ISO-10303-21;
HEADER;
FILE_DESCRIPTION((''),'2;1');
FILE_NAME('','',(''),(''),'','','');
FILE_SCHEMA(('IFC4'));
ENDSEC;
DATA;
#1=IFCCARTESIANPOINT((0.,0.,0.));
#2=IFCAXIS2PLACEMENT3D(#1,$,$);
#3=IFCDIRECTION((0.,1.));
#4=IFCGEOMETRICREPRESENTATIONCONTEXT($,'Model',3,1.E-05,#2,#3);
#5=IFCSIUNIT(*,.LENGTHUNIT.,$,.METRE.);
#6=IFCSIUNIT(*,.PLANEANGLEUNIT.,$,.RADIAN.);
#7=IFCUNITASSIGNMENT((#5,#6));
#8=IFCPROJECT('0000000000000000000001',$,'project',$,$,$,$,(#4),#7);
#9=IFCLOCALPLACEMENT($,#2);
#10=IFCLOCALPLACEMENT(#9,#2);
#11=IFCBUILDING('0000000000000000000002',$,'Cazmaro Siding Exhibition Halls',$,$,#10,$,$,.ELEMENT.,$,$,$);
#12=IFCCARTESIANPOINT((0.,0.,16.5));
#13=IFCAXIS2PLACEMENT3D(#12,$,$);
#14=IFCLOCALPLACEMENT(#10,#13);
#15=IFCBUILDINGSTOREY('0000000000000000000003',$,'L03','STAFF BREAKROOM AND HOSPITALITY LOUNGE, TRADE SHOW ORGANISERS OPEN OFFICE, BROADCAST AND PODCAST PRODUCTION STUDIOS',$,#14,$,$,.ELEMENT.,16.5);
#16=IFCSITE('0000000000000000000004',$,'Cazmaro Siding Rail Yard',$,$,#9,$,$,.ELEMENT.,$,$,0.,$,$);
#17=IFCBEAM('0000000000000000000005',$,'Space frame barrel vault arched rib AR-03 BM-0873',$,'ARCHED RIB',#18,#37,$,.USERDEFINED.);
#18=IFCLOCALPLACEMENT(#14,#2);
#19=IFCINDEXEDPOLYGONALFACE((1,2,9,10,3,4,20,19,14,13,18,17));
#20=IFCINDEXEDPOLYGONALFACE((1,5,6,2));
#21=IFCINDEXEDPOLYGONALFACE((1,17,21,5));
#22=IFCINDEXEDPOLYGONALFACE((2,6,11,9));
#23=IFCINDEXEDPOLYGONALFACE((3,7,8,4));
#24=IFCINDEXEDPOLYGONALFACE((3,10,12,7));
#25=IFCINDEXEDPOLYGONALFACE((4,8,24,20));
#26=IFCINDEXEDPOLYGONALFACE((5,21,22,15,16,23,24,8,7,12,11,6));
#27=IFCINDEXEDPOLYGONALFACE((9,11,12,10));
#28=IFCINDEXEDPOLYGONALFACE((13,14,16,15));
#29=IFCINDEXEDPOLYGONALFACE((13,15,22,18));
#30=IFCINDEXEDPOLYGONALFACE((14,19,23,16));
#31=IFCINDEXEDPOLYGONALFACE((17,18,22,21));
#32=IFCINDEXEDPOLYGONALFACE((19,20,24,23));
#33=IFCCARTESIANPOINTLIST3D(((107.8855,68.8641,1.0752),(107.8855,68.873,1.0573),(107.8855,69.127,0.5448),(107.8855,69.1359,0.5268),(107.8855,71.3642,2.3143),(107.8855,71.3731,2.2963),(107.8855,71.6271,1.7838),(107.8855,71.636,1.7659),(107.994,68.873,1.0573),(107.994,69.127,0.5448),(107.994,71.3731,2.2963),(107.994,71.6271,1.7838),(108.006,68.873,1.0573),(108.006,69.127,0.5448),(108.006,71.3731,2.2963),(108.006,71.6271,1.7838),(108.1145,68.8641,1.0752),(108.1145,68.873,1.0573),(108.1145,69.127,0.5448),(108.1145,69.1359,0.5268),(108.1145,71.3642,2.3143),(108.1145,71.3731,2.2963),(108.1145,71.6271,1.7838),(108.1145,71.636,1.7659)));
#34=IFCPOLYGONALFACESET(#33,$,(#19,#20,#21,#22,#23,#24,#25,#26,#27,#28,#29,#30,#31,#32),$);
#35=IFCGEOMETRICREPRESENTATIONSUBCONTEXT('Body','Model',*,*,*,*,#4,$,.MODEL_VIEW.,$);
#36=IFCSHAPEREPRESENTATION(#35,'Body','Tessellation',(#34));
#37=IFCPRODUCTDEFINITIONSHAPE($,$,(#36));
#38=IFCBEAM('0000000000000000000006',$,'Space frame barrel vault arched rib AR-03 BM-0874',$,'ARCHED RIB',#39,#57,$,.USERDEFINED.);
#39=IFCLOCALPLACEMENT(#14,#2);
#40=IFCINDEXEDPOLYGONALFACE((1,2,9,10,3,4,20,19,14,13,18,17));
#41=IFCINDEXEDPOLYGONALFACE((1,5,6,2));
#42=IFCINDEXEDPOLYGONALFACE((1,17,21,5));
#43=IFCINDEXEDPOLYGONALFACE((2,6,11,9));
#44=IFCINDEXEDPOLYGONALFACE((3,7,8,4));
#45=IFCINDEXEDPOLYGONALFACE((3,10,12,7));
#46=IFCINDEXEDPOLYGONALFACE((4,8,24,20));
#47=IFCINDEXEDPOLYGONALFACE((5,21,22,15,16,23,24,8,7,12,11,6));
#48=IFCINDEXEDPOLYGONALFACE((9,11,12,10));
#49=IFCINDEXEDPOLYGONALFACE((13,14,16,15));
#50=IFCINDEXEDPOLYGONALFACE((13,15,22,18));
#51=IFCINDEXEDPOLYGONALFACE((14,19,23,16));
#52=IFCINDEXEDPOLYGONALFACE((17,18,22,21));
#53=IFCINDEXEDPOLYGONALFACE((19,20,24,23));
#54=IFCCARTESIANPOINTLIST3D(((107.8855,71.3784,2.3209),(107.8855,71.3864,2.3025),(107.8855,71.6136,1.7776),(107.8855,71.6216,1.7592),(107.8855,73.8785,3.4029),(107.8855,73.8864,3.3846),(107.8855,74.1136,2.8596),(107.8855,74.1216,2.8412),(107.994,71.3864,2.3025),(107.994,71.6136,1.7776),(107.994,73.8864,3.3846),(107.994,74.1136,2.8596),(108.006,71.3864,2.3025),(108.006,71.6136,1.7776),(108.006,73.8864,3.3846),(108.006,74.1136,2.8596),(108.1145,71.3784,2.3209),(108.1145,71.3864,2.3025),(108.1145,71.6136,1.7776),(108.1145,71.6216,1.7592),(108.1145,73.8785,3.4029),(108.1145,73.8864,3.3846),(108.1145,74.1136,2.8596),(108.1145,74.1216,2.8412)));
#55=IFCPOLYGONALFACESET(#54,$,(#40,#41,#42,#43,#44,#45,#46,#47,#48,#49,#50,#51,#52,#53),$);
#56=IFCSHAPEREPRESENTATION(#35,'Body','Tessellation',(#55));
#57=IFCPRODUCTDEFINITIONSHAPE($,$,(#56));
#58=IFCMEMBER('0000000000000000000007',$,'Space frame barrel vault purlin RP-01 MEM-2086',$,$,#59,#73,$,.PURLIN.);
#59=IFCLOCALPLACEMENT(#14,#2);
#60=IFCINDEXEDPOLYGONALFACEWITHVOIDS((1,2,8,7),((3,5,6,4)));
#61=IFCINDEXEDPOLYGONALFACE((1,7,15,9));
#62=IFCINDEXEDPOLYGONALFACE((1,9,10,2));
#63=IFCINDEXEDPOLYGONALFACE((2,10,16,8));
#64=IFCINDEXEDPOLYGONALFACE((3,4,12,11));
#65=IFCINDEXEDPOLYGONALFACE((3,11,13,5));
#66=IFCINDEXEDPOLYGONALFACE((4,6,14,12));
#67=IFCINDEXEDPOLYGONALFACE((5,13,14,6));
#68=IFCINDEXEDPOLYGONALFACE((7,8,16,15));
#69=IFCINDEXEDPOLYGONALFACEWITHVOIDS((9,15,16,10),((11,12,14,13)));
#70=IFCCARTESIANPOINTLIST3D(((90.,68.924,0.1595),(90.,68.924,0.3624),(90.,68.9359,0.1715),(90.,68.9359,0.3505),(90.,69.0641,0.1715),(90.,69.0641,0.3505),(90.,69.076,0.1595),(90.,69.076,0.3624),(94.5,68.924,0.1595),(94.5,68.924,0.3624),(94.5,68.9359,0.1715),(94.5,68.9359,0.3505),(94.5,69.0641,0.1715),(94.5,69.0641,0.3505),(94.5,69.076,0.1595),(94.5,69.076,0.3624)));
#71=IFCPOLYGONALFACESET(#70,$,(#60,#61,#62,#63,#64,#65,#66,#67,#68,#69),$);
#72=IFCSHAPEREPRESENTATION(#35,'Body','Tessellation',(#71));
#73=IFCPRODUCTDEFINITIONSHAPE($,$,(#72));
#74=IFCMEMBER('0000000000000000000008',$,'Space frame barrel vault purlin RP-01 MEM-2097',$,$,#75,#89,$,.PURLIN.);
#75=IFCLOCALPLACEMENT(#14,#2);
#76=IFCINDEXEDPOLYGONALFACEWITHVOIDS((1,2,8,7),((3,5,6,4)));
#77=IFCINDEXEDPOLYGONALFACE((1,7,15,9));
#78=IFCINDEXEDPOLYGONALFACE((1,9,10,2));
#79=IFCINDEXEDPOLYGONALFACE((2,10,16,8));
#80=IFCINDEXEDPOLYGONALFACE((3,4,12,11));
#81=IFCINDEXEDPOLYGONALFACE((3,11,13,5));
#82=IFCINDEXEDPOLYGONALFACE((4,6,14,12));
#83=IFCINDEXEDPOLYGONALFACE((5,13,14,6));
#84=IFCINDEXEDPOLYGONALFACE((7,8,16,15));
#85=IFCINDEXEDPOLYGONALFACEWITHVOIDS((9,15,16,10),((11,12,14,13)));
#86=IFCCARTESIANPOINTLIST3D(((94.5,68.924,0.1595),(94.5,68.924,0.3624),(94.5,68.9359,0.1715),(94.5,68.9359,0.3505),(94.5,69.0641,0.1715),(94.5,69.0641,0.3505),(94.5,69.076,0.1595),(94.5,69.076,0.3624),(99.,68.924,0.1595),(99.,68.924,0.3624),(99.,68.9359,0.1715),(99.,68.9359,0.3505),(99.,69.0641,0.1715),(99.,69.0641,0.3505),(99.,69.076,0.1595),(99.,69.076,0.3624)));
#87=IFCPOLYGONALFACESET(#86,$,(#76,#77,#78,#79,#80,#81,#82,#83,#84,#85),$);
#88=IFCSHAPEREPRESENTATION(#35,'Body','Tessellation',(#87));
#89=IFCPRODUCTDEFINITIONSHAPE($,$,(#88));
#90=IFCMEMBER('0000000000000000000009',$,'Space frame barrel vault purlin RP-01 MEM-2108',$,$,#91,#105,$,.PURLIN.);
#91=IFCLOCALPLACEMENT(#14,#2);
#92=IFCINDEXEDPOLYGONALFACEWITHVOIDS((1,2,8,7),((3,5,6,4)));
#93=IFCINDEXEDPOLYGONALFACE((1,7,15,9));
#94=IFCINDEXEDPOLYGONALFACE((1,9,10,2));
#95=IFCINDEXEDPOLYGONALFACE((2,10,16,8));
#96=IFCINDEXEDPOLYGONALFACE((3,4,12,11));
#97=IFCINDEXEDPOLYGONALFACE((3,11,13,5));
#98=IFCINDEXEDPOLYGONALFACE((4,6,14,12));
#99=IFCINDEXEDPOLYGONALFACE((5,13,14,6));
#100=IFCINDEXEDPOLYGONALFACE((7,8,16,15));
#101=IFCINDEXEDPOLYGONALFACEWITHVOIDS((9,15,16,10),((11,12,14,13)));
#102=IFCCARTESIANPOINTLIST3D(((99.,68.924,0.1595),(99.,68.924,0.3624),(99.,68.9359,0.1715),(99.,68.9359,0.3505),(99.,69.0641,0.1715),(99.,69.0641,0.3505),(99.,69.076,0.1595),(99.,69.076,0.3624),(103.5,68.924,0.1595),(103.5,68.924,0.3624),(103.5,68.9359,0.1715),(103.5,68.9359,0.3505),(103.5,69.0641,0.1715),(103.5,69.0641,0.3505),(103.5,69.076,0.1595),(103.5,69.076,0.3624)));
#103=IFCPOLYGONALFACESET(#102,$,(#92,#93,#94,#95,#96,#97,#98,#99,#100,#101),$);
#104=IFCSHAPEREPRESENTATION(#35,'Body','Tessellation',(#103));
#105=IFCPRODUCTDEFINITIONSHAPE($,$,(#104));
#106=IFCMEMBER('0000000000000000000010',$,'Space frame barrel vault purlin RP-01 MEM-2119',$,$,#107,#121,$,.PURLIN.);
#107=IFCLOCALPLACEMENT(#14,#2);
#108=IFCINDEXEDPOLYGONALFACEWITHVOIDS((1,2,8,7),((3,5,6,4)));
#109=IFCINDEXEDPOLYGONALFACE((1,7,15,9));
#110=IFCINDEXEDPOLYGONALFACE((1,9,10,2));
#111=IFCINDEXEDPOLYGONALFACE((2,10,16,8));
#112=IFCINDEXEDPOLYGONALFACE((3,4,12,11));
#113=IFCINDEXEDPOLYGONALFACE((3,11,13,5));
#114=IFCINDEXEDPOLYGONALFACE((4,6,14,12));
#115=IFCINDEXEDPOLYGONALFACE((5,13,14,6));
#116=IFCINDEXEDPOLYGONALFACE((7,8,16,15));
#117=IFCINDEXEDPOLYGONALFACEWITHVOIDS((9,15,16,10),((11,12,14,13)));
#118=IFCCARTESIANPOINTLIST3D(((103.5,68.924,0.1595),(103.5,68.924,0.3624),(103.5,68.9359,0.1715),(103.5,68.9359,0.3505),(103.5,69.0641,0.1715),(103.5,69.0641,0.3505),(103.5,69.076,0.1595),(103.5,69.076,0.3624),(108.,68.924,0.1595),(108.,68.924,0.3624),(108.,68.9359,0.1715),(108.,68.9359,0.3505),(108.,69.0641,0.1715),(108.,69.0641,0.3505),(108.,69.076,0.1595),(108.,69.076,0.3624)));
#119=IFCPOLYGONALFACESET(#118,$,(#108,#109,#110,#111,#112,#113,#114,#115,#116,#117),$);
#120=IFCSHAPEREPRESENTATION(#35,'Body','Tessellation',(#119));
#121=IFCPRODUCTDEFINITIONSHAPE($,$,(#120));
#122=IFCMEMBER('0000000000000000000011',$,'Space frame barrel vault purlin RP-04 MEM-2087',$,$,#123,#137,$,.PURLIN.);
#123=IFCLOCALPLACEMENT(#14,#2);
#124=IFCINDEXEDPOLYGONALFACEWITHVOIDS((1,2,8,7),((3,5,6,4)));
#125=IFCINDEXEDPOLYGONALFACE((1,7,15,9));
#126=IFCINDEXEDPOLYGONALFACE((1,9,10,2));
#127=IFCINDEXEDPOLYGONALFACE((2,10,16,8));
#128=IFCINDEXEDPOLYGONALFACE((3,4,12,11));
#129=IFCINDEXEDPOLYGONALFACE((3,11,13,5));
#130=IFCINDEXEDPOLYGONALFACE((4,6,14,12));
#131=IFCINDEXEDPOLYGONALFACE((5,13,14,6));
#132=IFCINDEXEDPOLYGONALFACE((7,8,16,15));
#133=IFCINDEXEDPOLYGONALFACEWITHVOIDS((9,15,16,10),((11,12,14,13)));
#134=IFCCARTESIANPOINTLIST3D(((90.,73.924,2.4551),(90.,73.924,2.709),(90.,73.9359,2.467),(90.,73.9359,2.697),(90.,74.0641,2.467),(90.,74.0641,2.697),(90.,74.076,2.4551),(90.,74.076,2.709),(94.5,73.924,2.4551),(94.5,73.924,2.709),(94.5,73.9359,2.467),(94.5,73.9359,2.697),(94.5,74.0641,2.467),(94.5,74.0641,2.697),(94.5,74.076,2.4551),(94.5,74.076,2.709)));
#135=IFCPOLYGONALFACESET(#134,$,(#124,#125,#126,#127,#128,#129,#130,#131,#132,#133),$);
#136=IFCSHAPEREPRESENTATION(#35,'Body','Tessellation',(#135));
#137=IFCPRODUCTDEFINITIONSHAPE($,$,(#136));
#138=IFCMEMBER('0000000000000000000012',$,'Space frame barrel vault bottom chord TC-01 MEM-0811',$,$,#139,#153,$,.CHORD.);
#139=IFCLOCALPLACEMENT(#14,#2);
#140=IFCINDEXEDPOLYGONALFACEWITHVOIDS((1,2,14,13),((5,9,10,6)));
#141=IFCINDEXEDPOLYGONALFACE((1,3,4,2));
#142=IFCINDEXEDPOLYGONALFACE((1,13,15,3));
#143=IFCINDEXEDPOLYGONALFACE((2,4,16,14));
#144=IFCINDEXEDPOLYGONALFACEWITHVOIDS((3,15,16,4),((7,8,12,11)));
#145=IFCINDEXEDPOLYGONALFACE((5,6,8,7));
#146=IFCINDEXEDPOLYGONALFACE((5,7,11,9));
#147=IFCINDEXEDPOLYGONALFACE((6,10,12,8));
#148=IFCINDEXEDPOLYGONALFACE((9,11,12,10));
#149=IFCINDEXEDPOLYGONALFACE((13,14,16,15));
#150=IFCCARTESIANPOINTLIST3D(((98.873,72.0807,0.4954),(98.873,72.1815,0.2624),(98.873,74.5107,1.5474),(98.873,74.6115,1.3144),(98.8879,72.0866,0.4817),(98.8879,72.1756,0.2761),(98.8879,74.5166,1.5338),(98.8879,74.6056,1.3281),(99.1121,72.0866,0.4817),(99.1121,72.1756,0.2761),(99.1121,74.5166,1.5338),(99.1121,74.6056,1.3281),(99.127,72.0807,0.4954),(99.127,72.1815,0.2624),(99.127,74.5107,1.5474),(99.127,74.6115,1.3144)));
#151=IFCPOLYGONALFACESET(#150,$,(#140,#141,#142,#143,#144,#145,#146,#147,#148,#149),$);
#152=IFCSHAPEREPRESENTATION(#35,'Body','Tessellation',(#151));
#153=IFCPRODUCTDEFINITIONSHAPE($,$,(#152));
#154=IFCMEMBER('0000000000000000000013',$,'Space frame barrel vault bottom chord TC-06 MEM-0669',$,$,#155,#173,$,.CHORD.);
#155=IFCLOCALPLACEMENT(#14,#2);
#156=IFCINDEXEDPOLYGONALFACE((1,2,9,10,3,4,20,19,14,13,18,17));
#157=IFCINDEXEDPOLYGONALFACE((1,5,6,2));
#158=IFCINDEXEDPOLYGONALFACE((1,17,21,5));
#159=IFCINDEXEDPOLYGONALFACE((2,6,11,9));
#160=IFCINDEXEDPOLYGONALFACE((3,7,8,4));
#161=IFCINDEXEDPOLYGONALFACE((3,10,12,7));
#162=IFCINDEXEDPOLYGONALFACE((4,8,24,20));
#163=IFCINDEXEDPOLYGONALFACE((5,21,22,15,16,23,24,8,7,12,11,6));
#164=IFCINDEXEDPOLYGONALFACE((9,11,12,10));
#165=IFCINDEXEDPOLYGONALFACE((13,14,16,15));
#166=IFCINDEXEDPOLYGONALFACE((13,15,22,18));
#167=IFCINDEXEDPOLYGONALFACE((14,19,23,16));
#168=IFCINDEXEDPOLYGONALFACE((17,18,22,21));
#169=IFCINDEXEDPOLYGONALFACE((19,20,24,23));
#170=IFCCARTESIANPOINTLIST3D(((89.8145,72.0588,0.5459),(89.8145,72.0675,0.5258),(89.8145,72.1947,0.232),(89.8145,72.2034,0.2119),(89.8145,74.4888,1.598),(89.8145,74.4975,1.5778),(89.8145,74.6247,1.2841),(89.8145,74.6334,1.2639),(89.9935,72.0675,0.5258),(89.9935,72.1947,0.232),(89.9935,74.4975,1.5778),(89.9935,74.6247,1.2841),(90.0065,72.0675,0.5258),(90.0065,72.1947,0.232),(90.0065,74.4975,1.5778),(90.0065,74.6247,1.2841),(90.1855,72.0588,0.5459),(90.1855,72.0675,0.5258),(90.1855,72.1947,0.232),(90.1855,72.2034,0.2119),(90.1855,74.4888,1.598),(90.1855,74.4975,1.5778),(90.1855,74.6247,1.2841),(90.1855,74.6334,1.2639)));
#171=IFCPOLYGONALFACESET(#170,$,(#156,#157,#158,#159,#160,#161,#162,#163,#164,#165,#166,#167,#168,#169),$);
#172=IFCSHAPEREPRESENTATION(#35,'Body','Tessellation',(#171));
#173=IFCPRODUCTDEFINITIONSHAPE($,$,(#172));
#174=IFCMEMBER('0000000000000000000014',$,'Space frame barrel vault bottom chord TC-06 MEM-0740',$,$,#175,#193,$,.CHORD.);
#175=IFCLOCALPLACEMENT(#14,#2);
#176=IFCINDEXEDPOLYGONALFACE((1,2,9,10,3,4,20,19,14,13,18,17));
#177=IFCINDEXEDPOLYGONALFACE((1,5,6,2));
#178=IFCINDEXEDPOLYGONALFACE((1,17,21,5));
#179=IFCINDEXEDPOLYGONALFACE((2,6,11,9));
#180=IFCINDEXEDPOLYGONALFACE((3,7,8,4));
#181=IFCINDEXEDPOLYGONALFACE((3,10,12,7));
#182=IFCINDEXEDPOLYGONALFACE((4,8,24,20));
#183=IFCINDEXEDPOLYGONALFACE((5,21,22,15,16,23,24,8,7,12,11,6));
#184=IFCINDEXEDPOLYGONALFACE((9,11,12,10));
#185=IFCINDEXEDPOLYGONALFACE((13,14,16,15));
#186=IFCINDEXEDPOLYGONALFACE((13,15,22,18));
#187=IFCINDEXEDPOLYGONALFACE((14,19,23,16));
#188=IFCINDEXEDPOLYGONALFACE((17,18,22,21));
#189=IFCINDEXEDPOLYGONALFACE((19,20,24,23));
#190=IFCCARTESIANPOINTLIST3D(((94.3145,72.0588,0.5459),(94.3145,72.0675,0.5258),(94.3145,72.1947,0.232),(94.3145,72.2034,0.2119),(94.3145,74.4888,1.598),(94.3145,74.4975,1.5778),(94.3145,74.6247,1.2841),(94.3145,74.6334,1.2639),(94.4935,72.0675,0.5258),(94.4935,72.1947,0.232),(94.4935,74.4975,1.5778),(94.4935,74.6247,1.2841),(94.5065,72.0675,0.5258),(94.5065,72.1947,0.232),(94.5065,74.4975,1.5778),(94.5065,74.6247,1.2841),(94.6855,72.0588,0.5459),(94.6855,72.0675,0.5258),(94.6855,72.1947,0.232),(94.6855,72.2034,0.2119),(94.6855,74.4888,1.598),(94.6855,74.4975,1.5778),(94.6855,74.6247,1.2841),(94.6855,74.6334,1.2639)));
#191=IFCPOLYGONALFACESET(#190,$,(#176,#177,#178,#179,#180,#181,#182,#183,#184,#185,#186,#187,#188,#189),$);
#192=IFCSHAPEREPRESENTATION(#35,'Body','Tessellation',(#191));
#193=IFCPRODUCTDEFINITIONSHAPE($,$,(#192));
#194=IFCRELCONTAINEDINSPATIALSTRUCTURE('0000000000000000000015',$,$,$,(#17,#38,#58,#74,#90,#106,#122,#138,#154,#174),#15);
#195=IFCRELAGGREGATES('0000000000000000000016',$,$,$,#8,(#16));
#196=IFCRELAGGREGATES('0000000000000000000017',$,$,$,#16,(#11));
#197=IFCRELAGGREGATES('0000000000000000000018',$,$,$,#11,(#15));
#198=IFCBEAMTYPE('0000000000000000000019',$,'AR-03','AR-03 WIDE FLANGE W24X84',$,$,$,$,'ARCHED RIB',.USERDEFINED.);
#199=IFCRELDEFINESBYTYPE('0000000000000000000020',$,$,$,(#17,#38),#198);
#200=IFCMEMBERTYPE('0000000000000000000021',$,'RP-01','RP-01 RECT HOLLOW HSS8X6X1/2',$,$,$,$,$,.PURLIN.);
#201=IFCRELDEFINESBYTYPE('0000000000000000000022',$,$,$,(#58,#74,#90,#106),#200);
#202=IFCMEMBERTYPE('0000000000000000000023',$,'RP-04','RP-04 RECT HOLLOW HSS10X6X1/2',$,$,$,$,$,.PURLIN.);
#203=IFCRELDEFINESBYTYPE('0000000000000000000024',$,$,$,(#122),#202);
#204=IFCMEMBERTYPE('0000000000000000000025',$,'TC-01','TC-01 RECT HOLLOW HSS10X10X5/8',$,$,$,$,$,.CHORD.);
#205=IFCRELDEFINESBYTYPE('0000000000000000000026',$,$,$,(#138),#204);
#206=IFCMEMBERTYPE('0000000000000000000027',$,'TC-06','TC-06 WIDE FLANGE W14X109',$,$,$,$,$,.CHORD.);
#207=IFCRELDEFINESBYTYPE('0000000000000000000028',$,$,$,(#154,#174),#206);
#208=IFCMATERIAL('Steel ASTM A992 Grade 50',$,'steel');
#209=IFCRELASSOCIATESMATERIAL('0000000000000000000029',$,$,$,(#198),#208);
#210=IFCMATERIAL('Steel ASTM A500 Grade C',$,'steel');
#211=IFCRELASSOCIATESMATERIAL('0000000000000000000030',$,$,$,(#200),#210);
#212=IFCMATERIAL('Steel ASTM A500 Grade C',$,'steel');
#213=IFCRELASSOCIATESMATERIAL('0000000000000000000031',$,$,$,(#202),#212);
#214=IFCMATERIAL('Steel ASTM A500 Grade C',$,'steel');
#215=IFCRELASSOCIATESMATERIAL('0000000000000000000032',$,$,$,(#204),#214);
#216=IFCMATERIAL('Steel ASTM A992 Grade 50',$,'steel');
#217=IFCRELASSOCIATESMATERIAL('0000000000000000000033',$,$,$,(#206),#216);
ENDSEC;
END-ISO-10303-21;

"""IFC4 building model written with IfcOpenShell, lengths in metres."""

from ifc_helpers import new_model, si_unit, direction, frame, origin, origin_2d, place, context, subcontext, project, spatial, hollow_rectangle, i_section, extrude, material, material_profile, profile_set, type_object, element, save


model = new_model("IFC4")

# Units and contexts
model_context = context("Model", 3, precision=1e-05, world=origin(), true_north=direction((0.0, 1.0)))
body_context = subcontext(model_context, "Body", "Model", "MODEL_VIEW")
ifc_project = project(units=[si_unit("LENGTHUNIT", "METRE"), si_unit("PLANEANGLEUNIT", "RADIAN")], contexts=[model_context])

# Site, building, storey
site_placement = place(None, origin())
site = spatial("IfcSite", under=ifc_project, at=site_placement, Name="Cazmaro Siding Rail Yard", CompositionType="ELEMENT", RefElevation=0.0)
building_placement = place(site_placement, origin())
building = spatial("IfcBuilding", under=site, at=building_placement, Name="Cazmaro Siding Exhibition Halls", CompositionType="ELEMENT")
storey_placement = place(building_placement, frame((0.0, 0.0, 16.5)))
storey = spatial("IfcBuildingStorey", under=building, at=storey_placement, Name="L03", Description="STAFF BREAKROOM AND HOSPITALITY LOUNGE, TRADE SHOW ORGANISERS OPEN OFFICE, BROADCAST AND PODCAST PRODUCTION STUDIOS", CompositionType="ELEMENT", Elevation=16.5)

# Beams
ifc_material_1 = material(Name="Steel ASTM A992 Grade 50", Category="steel")
ifc_material_profile_1 = material_profile(ifc_material_1, i_section(OverallWidth=0.229, OverallDepth=0.6121, WebThickness=0.012, FlangeThickness=0.02, at=origin_2d()), Name="W24X84")
ifc_profile_set_1 = profile_set([ifc_material_profile_1], Name="Steel ASTM A992 Grade 50")
beam_type_1 = type_object("IfcBeamType", Name="AR-03", Description="AR-03 WIDE FLANGE W24X84", ElementType="ARCHED RIB", PredefinedType="USERDEFINED", material=ifc_profile_set_1)
beam_1_placement = place(storey_placement, frame((108.0, 69.0, 0.801), z_axis=(0.0, 0.895997, 0.444061), x_axis=(-1.0, 0.0, 0.0)))
element("IfcBeam", 1, at=beam_1_placement, inside=storey, type_object=beam_type_1, Name="Space frame barrel vault arched rib AR-03 BM-0873", ObjectType="ARCHED RIB", PredefinedType="USERDEFINED", context=body_context, shape_type="SweptSolid", body=[
    extrude(i_section(OverallWidth=0.229, OverallDepth=0.6121, WebThickness=0.012, FlangeThickness=0.02, at=origin_2d()), origin(), (0.0, 0.0, 1.0), 2.7903),
])
beam_2_placement = place(storey_placement, frame((108.0, 71.5, 2.04), z_axis=(0.0, 0.91773, 0.397205), x_axis=(-1.0, 0.0, 0.0)))
element("IfcBeam", 2, at=beam_2_placement, inside=storey, type_object=beam_type_1, Name="Space frame barrel vault arched rib AR-03 BM-0874", ObjectType="ARCHED RIB", PredefinedType="USERDEFINED", context=body_context, shape_type="SweptSolid", body=[
    extrude(i_section(OverallWidth=0.229, OverallDepth=0.6121, WebThickness=0.012, FlangeThickness=0.02, at=origin_2d()), origin(), (0.0, 0.0, 1.0), 2.7241),
])

# Members
ifc_material_2 = material(Name="Steel ASTM A500 Grade C", Category="steel")
ifc_material_profile_2 = material_profile(ifc_material_2, hollow_rectangle(XDim=0.1521, YDim=0.2029, WallThickness=0.012, at=origin_2d()), Name="HSS8X6X1/2")
ifc_profile_set_2 = profile_set([ifc_material_profile_2], Name="Steel ASTM A500 Grade C")
member_type_1 = type_object("IfcMemberType", Name="RP-01", Description="RP-01 RECT HOLLOW HSS8X6X1/2", PredefinedType="PURLIN", material=ifc_profile_set_2)
for number, where, z_axis, x_axis, name in (
    (3, (90.0, 69.0, 0.261), (1.0, 0.0, 0.0), (0.0, 1.0, 0.0), "Space frame barrel vault purlin RP-01 MEM-2086"),
    (4, (94.5, 69.0, 0.261), (1.0, 0.0, 0.0), (0.0, 1.0, 0.0), "Space frame barrel vault purlin RP-01 MEM-2097"),
    (5, (99.0, 69.0, 0.261), (1.0, 0.0, 0.0), (0.0, 1.0, 0.0), "Space frame barrel vault purlin RP-01 MEM-2108"),
    (6, (103.5, 69.0, 0.261), (1.0, 0.0, 0.0), (0.0, 1.0, 0.0), "Space frame barrel vault purlin RP-01 MEM-2119"),
):
    element("IfcMember", number, at=place(storey_placement, frame(where, z_axis=z_axis, x_axis=x_axis)), inside=storey, type_object=member_type_1, Name=name, PredefinedType="PURLIN", context=body_context, shape_type="SweptSolid", body=[
        extrude(hollow_rectangle(XDim=0.1521, YDim=0.2029, WallThickness=0.012, at=origin_2d()), origin(), (0.0, 0.0, 1.0), 4.5),
    ])
ifc_material_3 = material(Name="Steel ASTM A500 Grade C", Category="steel")
ifc_material_profile_3 = material_profile(ifc_material_3, hollow_rectangle(XDim=0.1521, YDim=0.2539, WallThickness=0.012, at=origin_2d()), Name="HSS10X6X1/2")
ifc_profile_set_3 = profile_set([ifc_material_profile_3], Name="Steel ASTM A500 Grade C")
member_type_2 = type_object("IfcMemberType", Name="RP-04", Description="RP-04 RECT HOLLOW HSS10X6X1/2", PredefinedType="PURLIN", material=ifc_profile_set_3)
member_1_placement = place(storey_placement, frame((90.0, 74.0, 2.582), z_axis=(1.0, 0.0, 0.0), x_axis=(0.0, 1.0, 0.0)))
element("IfcMember", 7, at=member_1_placement, inside=storey, type_object=member_type_2, Name="Space frame barrel vault purlin RP-04 MEM-2087", PredefinedType="PURLIN", context=body_context, shape_type="SweptSolid", body=[
    extrude(hollow_rectangle(XDim=0.1521, YDim=0.2539, WallThickness=0.012, at=origin_2d()), origin(), (0.0, 0.0, 1.0), 4.5),
])
ifc_material_4 = material(Name="Steel ASTM A500 Grade C", Category="steel")
ifc_material_profile_4 = material_profile(ifc_material_4, hollow_rectangle(XDim=0.2539, YDim=0.2539, WallThickness=0.0149, at=origin_2d()), Name="HSS10X10X5/8")
ifc_profile_set_4 = profile_set([ifc_material_profile_4], Name="Steel ASTM A500 Grade C")
member_type_3 = type_object("IfcMemberType", Name="TC-01", Description="TC-01 RECT HOLLOW HSS10X10X5/8", PredefinedType="CHORD", material=ifc_profile_set_4)
member_2_placement = place(storey_placement, frame((99.0, 72.1311, 0.3789), z_axis=(0.0, 0.917689, 0.397299), x_axis=(-1.0, 0.0, 0.0)))
element("IfcMember", 8, at=member_2_placement, inside=storey, type_object=member_type_3, Name="Space frame barrel vault bottom chord TC-01 MEM-0811", PredefinedType="CHORD", context=body_context, shape_type="SweptSolid", body=[
    extrude(hollow_rectangle(XDim=0.2539, YDim=0.2539, WallThickness=0.0149, at=origin_2d()), origin(), (0.0, 0.0, 1.0), 2.6479),
])
ifc_material_5 = material(Name="Steel ASTM A992 Grade 50", Category="steel")
ifc_material_profile_5 = material_profile(ifc_material_5, i_section(OverallWidth=0.3711, OverallDepth=0.364, WebThickness=0.0129, FlangeThickness=0.022, at=origin_2d()), Name="W14X109")
ifc_profile_set_5 = profile_set([ifc_material_profile_5], Name="Steel ASTM A992 Grade 50")
member_type_4 = type_object("IfcMemberType", Name="TC-06", Description="TC-06 WIDE FLANGE W14X109", PredefinedType="CHORD", material=ifc_profile_set_5)
for number, where, z_axis, x_axis, name in (
    (9, (90.0, 72.1311, 0.3789), (0.0, 0.917689, 0.397299), (-1.0, 0.0, 0.0), "Space frame barrel vault bottom chord TC-06 MEM-0669"),
    (10, (94.5, 72.1311, 0.3789), (0.0, 0.917689, 0.397299), (-1.0, 0.0, 0.0), "Space frame barrel vault bottom chord TC-06 MEM-0740"),
):
    element("IfcMember", number, at=place(storey_placement, frame(where, z_axis=z_axis, x_axis=x_axis)), inside=storey, type_object=member_type_4, Name=name, PredefinedType="CHORD", context=body_context, shape_type="SweptSolid", body=[
        extrude(i_section(OverallWidth=0.3711, OverallDepth=0.364, WebThickness=0.0129, FlangeThickness=0.022, at=origin_2d()), origin(), (0.0, 0.0, 1.0), 2.6479),
    ])

save(model, "model.ifc")
